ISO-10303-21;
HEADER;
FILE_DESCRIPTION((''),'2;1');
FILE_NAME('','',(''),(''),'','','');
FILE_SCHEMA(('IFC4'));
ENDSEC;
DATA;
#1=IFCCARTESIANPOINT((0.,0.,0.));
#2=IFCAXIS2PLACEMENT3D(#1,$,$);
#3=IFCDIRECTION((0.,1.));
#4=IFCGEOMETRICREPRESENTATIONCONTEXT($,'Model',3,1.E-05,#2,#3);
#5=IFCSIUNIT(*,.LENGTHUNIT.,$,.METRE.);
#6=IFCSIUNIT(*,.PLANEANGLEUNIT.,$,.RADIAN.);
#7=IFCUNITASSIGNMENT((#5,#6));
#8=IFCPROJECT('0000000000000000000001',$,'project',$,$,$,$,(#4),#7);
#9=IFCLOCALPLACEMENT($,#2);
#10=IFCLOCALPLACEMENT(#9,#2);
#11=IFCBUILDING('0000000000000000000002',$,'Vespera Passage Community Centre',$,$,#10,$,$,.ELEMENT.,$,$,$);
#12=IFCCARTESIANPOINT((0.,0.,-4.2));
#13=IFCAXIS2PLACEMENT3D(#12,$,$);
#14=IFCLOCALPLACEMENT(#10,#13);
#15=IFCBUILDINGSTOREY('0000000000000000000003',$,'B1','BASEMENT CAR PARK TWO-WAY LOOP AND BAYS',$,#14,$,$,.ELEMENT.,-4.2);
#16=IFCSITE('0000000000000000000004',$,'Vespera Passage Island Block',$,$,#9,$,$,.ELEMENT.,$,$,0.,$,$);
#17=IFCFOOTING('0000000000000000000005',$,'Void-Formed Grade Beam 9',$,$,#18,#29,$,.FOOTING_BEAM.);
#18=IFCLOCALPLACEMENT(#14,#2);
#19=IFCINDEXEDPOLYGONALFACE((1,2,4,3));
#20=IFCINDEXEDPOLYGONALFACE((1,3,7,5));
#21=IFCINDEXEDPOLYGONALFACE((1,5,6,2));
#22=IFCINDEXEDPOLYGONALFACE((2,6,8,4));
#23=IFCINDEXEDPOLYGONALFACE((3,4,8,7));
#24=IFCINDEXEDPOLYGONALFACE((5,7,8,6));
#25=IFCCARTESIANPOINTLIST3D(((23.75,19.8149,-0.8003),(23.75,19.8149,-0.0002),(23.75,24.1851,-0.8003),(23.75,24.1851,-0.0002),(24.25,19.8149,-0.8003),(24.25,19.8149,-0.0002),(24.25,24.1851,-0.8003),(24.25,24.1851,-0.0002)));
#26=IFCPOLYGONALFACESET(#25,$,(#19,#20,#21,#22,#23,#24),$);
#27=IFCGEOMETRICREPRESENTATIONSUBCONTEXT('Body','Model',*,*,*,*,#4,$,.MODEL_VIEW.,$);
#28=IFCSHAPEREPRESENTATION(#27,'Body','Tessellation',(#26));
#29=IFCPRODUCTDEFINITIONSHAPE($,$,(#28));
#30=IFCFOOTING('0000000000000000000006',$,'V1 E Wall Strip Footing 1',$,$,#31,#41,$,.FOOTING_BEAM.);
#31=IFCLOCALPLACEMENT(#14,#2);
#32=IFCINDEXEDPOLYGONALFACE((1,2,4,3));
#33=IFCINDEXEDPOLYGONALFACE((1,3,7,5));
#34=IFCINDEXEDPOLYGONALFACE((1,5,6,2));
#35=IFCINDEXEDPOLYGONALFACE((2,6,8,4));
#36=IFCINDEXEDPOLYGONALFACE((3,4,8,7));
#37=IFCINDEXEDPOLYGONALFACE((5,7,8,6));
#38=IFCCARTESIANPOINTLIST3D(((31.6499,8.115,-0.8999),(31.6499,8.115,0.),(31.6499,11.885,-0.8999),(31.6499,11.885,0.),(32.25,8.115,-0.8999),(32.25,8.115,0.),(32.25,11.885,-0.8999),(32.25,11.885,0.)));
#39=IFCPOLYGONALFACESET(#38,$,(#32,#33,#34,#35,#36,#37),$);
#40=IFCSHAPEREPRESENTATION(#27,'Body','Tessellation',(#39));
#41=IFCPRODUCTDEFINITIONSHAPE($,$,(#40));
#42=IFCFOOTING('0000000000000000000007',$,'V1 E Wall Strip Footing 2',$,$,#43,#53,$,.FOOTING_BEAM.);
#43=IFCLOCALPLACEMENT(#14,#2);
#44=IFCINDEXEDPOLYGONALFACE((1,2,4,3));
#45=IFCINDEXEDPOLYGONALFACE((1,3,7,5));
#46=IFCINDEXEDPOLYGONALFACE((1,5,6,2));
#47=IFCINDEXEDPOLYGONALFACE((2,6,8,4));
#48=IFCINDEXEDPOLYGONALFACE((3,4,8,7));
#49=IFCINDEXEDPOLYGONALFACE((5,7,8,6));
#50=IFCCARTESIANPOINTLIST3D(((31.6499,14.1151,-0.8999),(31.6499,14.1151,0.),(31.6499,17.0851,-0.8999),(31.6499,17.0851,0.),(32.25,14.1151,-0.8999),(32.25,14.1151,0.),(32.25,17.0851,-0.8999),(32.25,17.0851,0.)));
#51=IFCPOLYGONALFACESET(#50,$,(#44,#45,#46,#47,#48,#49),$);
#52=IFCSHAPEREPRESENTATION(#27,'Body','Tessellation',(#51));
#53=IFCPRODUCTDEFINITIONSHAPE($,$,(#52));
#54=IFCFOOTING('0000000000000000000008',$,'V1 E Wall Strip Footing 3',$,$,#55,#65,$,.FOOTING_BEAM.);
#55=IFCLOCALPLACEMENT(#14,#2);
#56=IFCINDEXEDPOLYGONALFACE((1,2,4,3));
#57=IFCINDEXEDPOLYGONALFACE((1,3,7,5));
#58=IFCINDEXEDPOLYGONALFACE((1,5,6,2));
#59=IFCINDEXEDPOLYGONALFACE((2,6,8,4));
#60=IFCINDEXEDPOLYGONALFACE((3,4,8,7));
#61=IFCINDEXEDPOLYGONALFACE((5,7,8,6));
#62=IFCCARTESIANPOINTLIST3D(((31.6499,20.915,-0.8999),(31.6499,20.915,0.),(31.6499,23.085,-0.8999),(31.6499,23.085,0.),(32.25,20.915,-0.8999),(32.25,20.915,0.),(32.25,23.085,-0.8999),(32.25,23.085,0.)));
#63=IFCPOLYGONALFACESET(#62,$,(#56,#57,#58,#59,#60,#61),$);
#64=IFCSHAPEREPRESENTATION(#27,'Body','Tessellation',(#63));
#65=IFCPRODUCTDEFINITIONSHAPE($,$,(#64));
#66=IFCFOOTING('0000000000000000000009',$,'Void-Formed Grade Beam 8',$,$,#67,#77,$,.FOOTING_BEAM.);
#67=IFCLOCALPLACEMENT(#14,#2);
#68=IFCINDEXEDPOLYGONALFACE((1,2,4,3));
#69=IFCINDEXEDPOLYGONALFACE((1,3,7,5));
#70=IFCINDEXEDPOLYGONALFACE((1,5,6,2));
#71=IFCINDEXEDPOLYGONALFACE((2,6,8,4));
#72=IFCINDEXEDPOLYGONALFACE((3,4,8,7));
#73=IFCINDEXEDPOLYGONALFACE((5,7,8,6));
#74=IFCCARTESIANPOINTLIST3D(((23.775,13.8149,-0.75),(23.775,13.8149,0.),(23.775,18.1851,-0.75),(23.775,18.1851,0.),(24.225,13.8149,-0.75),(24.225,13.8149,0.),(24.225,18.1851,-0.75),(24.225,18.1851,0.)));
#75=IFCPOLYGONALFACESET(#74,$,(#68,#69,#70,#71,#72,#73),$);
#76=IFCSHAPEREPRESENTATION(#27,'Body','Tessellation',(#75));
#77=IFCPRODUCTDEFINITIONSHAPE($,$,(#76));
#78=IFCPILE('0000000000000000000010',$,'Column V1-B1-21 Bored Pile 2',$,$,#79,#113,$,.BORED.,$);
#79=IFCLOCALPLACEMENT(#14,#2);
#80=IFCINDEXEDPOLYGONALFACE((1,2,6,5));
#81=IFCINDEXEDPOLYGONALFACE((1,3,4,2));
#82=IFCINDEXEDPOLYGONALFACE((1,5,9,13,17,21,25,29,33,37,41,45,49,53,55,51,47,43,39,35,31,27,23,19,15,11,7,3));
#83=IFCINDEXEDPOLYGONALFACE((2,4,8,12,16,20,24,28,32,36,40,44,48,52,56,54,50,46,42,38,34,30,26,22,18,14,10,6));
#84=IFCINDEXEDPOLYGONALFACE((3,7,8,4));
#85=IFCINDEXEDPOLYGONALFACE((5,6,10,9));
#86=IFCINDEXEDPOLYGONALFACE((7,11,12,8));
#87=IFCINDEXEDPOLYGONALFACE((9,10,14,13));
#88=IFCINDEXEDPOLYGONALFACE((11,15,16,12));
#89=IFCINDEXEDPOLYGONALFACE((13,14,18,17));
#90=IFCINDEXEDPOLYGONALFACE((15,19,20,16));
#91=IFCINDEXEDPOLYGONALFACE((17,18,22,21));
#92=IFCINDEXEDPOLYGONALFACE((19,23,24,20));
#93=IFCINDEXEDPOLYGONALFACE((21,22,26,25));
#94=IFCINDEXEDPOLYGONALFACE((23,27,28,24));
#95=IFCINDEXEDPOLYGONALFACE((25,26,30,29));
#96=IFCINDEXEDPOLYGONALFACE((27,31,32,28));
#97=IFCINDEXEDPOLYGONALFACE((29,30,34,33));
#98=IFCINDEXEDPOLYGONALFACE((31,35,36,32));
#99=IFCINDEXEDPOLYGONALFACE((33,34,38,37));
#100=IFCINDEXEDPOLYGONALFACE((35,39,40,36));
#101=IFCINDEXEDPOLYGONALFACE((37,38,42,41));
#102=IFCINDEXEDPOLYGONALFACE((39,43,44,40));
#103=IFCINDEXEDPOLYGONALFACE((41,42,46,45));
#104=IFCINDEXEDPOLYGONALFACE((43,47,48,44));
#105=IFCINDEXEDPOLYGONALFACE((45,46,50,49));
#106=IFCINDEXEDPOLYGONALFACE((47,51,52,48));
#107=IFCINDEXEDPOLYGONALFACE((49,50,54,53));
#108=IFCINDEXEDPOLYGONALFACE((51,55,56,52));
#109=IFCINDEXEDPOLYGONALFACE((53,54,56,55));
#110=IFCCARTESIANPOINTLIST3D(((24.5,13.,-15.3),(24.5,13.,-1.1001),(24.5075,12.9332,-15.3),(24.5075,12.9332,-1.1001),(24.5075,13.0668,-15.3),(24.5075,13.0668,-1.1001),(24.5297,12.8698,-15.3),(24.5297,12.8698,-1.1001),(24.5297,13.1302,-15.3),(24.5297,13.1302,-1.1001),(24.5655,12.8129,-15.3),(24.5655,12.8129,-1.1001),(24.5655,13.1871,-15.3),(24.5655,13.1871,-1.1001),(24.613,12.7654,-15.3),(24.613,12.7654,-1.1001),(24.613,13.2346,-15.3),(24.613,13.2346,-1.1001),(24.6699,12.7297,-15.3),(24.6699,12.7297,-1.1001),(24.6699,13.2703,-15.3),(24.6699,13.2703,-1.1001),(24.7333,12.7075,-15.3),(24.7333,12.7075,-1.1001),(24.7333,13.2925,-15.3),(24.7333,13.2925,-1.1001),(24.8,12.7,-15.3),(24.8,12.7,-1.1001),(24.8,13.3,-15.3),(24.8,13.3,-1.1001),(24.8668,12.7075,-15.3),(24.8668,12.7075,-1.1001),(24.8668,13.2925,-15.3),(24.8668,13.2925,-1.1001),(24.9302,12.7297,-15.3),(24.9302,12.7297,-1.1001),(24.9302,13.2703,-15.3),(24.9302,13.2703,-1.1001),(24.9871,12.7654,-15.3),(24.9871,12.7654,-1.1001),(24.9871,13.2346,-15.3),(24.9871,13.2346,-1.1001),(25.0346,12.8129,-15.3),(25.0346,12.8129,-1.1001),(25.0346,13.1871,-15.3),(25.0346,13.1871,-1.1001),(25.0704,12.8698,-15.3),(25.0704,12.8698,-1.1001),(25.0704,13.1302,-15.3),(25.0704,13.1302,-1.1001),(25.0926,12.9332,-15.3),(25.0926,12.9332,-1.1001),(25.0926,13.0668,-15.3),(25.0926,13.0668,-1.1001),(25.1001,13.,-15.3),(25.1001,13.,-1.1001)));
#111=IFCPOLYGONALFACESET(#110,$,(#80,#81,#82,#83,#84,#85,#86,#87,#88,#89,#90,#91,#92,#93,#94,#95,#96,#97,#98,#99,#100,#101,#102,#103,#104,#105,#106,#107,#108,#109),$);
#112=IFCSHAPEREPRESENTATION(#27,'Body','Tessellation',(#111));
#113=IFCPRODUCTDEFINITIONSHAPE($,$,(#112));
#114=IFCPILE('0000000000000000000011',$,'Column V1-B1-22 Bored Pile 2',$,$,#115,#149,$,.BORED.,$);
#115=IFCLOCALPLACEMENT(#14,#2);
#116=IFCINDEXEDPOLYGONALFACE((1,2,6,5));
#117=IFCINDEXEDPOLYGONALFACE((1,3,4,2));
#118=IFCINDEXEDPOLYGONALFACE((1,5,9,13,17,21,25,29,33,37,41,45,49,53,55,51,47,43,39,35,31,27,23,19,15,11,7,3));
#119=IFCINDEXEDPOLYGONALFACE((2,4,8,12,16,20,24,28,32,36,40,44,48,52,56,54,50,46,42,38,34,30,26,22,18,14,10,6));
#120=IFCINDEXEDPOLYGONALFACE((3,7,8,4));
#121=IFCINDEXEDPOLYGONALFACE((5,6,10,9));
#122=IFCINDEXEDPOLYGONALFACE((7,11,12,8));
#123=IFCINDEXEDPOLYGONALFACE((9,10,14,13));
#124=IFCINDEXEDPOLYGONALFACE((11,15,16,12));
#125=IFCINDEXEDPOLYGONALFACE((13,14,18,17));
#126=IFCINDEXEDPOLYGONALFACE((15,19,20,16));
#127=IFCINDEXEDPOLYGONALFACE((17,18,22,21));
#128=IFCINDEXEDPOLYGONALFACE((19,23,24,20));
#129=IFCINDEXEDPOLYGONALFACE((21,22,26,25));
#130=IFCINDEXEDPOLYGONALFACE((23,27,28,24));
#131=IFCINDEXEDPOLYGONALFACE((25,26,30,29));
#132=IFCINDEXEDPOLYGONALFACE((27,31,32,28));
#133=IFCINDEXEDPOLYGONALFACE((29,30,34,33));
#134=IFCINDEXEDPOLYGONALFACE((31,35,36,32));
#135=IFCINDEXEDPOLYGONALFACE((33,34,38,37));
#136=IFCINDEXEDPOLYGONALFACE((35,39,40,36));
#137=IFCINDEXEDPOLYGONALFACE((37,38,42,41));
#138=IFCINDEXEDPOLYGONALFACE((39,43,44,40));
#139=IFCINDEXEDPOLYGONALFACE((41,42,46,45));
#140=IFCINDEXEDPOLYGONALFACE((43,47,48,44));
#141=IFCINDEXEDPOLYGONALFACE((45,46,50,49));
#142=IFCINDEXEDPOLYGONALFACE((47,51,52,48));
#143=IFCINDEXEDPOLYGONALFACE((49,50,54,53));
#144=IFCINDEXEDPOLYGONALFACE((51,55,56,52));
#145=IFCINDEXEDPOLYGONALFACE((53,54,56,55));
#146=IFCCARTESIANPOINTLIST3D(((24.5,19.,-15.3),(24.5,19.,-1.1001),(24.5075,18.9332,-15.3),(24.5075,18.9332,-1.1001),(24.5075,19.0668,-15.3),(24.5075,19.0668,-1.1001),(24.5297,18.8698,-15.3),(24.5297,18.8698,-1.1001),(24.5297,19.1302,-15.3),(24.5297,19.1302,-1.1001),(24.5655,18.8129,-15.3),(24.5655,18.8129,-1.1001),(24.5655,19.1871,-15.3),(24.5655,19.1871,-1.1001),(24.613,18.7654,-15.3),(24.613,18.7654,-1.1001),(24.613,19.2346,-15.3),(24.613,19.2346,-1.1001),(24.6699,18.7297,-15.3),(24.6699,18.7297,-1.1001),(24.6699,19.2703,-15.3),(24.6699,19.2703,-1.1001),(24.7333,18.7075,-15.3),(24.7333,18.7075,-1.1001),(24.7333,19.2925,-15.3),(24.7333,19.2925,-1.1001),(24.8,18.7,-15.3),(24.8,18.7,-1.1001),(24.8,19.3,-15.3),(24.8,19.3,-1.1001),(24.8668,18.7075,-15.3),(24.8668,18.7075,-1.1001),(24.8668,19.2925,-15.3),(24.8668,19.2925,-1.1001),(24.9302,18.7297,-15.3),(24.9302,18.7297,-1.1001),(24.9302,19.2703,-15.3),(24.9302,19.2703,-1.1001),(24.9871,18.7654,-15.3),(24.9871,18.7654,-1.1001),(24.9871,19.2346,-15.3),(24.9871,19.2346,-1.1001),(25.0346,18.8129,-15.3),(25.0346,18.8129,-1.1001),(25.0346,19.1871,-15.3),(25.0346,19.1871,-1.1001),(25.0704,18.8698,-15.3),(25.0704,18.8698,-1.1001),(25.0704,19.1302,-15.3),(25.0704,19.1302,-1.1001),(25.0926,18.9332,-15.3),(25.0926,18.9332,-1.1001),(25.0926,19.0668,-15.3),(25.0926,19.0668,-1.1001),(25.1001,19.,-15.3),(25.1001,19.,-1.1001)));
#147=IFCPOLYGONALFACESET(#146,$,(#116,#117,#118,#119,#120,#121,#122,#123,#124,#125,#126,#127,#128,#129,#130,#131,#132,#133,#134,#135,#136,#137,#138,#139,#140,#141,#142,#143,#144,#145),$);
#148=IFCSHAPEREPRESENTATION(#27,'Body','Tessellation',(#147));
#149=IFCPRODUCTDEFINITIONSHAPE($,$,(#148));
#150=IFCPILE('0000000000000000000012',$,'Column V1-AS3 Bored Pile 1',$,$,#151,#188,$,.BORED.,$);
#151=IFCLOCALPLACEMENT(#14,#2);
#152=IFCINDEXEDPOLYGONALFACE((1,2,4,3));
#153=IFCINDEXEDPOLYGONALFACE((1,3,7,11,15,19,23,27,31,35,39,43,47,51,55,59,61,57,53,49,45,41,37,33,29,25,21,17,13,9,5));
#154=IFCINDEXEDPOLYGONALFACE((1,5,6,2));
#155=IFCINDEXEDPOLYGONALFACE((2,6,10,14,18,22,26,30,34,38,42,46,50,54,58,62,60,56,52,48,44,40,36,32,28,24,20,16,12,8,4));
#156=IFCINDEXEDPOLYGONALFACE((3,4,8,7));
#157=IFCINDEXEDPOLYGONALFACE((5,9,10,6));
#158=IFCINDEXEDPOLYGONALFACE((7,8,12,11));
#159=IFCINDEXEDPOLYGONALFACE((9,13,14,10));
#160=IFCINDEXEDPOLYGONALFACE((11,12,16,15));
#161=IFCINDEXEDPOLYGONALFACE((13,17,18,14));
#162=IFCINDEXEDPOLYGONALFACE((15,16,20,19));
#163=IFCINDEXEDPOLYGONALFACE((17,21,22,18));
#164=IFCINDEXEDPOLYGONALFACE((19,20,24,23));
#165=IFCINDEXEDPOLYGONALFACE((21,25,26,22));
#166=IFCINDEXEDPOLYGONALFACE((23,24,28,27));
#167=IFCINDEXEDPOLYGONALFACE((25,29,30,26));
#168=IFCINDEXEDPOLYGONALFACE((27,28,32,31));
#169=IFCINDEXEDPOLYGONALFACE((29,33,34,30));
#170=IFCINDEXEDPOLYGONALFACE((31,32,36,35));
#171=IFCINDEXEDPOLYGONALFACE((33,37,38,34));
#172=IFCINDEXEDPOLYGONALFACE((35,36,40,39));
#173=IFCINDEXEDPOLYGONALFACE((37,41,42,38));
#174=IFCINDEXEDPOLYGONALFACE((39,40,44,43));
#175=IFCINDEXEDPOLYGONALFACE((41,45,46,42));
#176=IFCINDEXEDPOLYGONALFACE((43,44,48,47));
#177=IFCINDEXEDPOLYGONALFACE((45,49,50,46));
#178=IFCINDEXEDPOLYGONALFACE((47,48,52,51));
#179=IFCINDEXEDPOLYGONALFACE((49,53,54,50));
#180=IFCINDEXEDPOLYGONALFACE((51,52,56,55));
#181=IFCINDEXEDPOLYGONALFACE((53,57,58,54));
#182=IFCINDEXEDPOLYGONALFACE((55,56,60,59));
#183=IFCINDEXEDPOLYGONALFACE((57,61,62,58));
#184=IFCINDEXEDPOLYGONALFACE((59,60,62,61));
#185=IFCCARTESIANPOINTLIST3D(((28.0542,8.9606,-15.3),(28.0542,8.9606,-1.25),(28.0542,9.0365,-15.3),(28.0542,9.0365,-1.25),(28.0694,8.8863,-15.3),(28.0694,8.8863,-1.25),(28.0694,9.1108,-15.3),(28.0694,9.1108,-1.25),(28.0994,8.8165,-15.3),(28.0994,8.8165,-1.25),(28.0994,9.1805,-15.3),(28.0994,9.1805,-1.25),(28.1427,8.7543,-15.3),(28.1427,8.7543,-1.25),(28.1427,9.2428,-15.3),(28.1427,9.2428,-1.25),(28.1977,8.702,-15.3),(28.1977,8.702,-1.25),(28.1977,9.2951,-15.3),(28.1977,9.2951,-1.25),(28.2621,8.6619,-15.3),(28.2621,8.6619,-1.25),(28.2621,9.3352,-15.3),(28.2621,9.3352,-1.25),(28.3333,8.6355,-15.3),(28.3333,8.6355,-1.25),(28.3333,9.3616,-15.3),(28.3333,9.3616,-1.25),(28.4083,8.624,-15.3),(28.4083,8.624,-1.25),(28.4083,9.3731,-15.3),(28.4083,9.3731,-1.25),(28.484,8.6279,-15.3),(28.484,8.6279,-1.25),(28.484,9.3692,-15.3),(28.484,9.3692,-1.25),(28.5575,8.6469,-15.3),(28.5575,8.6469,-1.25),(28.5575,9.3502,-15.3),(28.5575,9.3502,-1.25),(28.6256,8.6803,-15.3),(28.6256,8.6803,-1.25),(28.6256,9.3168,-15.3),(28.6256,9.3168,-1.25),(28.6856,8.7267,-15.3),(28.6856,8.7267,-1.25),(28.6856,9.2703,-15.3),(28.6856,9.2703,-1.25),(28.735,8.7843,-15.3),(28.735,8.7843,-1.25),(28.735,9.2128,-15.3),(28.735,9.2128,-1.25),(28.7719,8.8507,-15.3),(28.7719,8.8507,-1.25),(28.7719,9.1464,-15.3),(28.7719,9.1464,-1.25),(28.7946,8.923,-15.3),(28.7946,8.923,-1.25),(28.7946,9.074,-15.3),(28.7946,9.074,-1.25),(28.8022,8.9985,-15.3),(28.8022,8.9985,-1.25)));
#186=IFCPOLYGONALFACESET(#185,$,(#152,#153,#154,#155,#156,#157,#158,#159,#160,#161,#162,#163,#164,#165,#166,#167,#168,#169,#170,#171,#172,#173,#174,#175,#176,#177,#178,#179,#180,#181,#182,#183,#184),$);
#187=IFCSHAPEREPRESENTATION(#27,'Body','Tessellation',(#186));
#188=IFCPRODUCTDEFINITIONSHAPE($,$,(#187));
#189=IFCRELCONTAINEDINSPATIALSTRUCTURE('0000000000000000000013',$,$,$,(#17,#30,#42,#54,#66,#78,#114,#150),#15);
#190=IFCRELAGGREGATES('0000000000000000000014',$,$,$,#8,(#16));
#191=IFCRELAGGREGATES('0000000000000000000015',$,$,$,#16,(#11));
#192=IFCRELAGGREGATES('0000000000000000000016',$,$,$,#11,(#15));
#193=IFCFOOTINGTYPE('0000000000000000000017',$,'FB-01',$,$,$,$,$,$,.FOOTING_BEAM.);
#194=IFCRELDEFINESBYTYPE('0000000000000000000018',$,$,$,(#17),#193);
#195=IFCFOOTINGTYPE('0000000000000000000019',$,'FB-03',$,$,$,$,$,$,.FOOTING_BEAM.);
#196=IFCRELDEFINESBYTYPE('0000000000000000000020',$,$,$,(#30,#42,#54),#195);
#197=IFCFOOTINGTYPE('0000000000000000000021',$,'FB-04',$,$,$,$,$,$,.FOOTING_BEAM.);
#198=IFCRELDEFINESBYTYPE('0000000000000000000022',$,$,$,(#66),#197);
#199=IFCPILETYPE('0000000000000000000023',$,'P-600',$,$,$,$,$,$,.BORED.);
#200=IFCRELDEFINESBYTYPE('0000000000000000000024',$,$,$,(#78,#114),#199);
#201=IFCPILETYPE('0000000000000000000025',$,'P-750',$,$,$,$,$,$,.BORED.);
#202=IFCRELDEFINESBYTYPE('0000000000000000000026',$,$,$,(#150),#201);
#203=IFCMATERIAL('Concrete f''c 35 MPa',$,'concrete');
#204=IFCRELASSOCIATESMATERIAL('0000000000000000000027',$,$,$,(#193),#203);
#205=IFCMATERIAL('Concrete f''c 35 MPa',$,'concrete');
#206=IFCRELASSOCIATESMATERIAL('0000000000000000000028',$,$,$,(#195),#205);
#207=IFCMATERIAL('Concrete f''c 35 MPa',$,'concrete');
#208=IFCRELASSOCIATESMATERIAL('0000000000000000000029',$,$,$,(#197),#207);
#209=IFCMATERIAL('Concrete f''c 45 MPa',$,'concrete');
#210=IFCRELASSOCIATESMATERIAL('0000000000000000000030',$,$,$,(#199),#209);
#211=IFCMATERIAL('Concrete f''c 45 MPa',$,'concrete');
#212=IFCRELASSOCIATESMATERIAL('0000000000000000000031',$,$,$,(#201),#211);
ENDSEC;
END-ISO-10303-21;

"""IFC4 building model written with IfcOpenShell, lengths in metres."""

from ifc_helpers import new_model, si_unit, direction, frame, origin, origin_2d, place, context, subcontext, project, spatial, rectangle, circle, extrude, material, material_profile, profile_set, type_object, element, save


model = new_model("IFC4")

# Units and contexts
model_context = context("Model", 3, precision=1e-05, world=origin(), true_north=direction((0.0, 1.0)))
body_context = subcontext(model_context, "Body", "Model", "MODEL_VIEW")
ifc_project = project(units=[si_unit("LENGTHUNIT", "METRE"), si_unit("PLANEANGLEUNIT", "RADIAN")], contexts=[model_context])

# Site, building, storey
site_placement = place(None, origin())
site = spatial("IfcSite", under=ifc_project, at=site_placement, Name="Vespera Passage Island Block", CompositionType="ELEMENT", RefElevation=0.0)
building_placement = place(site_placement, origin())
building = spatial("IfcBuilding", under=site, at=building_placement, Name="Vespera Passage Community Centre", CompositionType="ELEMENT")
storey_placement = place(building_placement, frame((0.0, 0.0, -4.2)))
storey = spatial("IfcBuildingStorey", under=building, at=storey_placement, Name="B1", Description="BASEMENT CAR PARK TWO-WAY LOOP AND BAYS", CompositionType="ELEMENT", Elevation=-4.2)

# Footings
ifc_material_1 = material(Name="Concrete f'c 35 MPa", Category="concrete")
footing_type_1 = type_object("IfcFootingType", Name="FB-01", PredefinedType="FOOTING_BEAM", material=ifc_material_1)
footing_1_placement = place(storey_placement, frame((24.0, 22.0, -0.8003), z_axis=(0.0, 0.0, 1.0), x_axis=(0.0, 1.0, 0.0)))
element("IfcFooting", 1, at=footing_1_placement, inside=storey, type_object=footing_type_1, Name="Void-Formed Grade Beam 9", PredefinedType="FOOTING_BEAM", context=body_context, shape_type="SweptSolid", body=[
    extrude(rectangle(XDim=4.3701, YDim=0.5, at=origin_2d()), origin(), (0.0, 0.0, 1.0), 0.8),
])
ifc_material_2 = material(Name="Concrete f'c 35 MPa", Category="concrete")
footing_type_2 = type_object("IfcFootingType", Name="FB-03", PredefinedType="FOOTING_BEAM", material=ifc_material_2)
footing_2_placement = place(storey_placement, frame((31.95, 10.0, -0.8999), z_axis=(0.0, 0.0, 1.0), x_axis=(0.0, 1.0, 0.0)))
element("IfcFooting", 2, at=footing_2_placement, inside=storey, type_object=footing_type_2, Name="V1 E Wall Strip Footing 1", PredefinedType="FOOTING_BEAM", context=body_context, shape_type="SweptSolid", body=[
    extrude(rectangle(XDim=3.77, YDim=0.6001, at=origin_2d()), origin(), (0.0, 0.0, 1.0), 0.8999),
])
footing_3_placement = place(storey_placement, frame((31.95, 15.6001, -0.8999), z_axis=(0.0, 0.0, 1.0), x_axis=(0.0, 1.0, 0.0)))
element("IfcFooting", 3, at=footing_3_placement, inside=storey, type_object=footing_type_2, Name="V1 E Wall Strip Footing 2", PredefinedType="FOOTING_BEAM", context=body_context, shape_type="SweptSolid", body=[
    extrude(rectangle(XDim=2.97, YDim=0.6001, at=origin_2d()), origin(), (0.0, 0.0, 1.0), 0.8999),
])
footing_4_placement = place(storey_placement, frame((31.95, 22.0, -0.8999), z_axis=(0.0, 0.0, 1.0), x_axis=(0.0, 1.0, 0.0)))
element("IfcFooting", 4, at=footing_4_placement, inside=storey, type_object=footing_type_2, Name="V1 E Wall Strip Footing 3", PredefinedType="FOOTING_BEAM", context=body_context, shape_type="SweptSolid", body=[
    extrude(rectangle(XDim=2.1699, YDim=0.6001, at=origin_2d()), origin(), (0.0, 0.0, 1.0), 0.8999),
])
ifc_material_3 = material(Name="Concrete f'c 35 MPa", Category="concrete")
footing_type_3 = type_object("IfcFootingType", Name="FB-04", PredefinedType="FOOTING_BEAM", material=ifc_material_3)
footing_5_placement = place(storey_placement, frame((24.0, 16.0, -0.75), z_axis=(0.0, 0.0, 1.0), x_axis=(0.0, 1.0, 0.0)))
element("IfcFooting", 5, at=footing_5_placement, inside=storey, type_object=footing_type_3, Name="Void-Formed Grade Beam 8", PredefinedType="FOOTING_BEAM", context=body_context, shape_type="SweptSolid", body=[
    extrude(rectangle(XDim=4.3701, YDim=0.45, at=origin_2d()), origin(), (0.0, 0.0, 1.0), 0.75),
])

# Piles
ifc_material_4 = material(Name="Concrete f'c 45 MPa", Category="concrete")
ifc_material_profile_1 = material_profile(ifc_material_4, circle(Radius=0.3, at=origin_2d()), Name="PILE600DIA")
ifc_profile_set_1 = profile_set([ifc_material_profile_1], Name="Concrete f'c 45 MPa")
pile_type_1 = type_object("IfcPileType", Name="P-600", PredefinedType="BORED", material=ifc_profile_set_1)
for number, where, z_axis, x_axis, name in (
    (6, (24.8, 13.0, -1.1001), (0.0, 0.0, -1.0), (1.0, 0.0, 0.0), "Column V1-B1-21 Bored Pile 2"),
    (7, (24.8, 19.0, -1.1001), (0.0, 0.0, -1.0), (1.0, 0.0, 0.0), "Column V1-B1-22 Bored Pile 2"),
):
    element("IfcPile", number, at=place(storey_placement, frame(where, z_axis=z_axis, x_axis=x_axis)), inside=storey, type_object=pile_type_1, Name=name, PredefinedType="BORED", context=body_context, shape_type="SweptSolid", body=[
        extrude(circle(Radius=0.3, at=origin_2d()), origin(), (0.0, 0.0, 1.0), 14.2),
    ])
ifc_material_5 = material(Name="Concrete f'c 45 MPa", Category="concrete")
ifc_material_profile_2 = material_profile(ifc_material_5, circle(Radius=0.375, at=origin_2d()), Name="PILE750DIA")
ifc_profile_set_2 = profile_set([ifc_material_profile_2], Name="Concrete f'c 45 MPa")
pile_type_2 = type_object("IfcPileType", Name="P-750", PredefinedType="BORED", material=ifc_profile_set_2)
for number, where, z_axis, x_axis, name in (
    (8, (28.4272, 8.9985, -1.25), (0.0, 0.0, -1.0), (1.0, 0.0, 0.0), "Column V1-AS3 Bored Pile 1"),
):
    element("IfcPile", number, at=place(storey_placement, frame(where, z_axis=z_axis, x_axis=x_axis)), inside=storey, type_object=pile_type_2, Name=name, PredefinedType="BORED", context=body_context, shape_type="SweptSolid", body=[
        extrude(circle(Radius=0.375, at=origin_2d()), origin(), (0.0, 0.0, 1.0), 14.05),
    ])

save(model, "model.ifc")
